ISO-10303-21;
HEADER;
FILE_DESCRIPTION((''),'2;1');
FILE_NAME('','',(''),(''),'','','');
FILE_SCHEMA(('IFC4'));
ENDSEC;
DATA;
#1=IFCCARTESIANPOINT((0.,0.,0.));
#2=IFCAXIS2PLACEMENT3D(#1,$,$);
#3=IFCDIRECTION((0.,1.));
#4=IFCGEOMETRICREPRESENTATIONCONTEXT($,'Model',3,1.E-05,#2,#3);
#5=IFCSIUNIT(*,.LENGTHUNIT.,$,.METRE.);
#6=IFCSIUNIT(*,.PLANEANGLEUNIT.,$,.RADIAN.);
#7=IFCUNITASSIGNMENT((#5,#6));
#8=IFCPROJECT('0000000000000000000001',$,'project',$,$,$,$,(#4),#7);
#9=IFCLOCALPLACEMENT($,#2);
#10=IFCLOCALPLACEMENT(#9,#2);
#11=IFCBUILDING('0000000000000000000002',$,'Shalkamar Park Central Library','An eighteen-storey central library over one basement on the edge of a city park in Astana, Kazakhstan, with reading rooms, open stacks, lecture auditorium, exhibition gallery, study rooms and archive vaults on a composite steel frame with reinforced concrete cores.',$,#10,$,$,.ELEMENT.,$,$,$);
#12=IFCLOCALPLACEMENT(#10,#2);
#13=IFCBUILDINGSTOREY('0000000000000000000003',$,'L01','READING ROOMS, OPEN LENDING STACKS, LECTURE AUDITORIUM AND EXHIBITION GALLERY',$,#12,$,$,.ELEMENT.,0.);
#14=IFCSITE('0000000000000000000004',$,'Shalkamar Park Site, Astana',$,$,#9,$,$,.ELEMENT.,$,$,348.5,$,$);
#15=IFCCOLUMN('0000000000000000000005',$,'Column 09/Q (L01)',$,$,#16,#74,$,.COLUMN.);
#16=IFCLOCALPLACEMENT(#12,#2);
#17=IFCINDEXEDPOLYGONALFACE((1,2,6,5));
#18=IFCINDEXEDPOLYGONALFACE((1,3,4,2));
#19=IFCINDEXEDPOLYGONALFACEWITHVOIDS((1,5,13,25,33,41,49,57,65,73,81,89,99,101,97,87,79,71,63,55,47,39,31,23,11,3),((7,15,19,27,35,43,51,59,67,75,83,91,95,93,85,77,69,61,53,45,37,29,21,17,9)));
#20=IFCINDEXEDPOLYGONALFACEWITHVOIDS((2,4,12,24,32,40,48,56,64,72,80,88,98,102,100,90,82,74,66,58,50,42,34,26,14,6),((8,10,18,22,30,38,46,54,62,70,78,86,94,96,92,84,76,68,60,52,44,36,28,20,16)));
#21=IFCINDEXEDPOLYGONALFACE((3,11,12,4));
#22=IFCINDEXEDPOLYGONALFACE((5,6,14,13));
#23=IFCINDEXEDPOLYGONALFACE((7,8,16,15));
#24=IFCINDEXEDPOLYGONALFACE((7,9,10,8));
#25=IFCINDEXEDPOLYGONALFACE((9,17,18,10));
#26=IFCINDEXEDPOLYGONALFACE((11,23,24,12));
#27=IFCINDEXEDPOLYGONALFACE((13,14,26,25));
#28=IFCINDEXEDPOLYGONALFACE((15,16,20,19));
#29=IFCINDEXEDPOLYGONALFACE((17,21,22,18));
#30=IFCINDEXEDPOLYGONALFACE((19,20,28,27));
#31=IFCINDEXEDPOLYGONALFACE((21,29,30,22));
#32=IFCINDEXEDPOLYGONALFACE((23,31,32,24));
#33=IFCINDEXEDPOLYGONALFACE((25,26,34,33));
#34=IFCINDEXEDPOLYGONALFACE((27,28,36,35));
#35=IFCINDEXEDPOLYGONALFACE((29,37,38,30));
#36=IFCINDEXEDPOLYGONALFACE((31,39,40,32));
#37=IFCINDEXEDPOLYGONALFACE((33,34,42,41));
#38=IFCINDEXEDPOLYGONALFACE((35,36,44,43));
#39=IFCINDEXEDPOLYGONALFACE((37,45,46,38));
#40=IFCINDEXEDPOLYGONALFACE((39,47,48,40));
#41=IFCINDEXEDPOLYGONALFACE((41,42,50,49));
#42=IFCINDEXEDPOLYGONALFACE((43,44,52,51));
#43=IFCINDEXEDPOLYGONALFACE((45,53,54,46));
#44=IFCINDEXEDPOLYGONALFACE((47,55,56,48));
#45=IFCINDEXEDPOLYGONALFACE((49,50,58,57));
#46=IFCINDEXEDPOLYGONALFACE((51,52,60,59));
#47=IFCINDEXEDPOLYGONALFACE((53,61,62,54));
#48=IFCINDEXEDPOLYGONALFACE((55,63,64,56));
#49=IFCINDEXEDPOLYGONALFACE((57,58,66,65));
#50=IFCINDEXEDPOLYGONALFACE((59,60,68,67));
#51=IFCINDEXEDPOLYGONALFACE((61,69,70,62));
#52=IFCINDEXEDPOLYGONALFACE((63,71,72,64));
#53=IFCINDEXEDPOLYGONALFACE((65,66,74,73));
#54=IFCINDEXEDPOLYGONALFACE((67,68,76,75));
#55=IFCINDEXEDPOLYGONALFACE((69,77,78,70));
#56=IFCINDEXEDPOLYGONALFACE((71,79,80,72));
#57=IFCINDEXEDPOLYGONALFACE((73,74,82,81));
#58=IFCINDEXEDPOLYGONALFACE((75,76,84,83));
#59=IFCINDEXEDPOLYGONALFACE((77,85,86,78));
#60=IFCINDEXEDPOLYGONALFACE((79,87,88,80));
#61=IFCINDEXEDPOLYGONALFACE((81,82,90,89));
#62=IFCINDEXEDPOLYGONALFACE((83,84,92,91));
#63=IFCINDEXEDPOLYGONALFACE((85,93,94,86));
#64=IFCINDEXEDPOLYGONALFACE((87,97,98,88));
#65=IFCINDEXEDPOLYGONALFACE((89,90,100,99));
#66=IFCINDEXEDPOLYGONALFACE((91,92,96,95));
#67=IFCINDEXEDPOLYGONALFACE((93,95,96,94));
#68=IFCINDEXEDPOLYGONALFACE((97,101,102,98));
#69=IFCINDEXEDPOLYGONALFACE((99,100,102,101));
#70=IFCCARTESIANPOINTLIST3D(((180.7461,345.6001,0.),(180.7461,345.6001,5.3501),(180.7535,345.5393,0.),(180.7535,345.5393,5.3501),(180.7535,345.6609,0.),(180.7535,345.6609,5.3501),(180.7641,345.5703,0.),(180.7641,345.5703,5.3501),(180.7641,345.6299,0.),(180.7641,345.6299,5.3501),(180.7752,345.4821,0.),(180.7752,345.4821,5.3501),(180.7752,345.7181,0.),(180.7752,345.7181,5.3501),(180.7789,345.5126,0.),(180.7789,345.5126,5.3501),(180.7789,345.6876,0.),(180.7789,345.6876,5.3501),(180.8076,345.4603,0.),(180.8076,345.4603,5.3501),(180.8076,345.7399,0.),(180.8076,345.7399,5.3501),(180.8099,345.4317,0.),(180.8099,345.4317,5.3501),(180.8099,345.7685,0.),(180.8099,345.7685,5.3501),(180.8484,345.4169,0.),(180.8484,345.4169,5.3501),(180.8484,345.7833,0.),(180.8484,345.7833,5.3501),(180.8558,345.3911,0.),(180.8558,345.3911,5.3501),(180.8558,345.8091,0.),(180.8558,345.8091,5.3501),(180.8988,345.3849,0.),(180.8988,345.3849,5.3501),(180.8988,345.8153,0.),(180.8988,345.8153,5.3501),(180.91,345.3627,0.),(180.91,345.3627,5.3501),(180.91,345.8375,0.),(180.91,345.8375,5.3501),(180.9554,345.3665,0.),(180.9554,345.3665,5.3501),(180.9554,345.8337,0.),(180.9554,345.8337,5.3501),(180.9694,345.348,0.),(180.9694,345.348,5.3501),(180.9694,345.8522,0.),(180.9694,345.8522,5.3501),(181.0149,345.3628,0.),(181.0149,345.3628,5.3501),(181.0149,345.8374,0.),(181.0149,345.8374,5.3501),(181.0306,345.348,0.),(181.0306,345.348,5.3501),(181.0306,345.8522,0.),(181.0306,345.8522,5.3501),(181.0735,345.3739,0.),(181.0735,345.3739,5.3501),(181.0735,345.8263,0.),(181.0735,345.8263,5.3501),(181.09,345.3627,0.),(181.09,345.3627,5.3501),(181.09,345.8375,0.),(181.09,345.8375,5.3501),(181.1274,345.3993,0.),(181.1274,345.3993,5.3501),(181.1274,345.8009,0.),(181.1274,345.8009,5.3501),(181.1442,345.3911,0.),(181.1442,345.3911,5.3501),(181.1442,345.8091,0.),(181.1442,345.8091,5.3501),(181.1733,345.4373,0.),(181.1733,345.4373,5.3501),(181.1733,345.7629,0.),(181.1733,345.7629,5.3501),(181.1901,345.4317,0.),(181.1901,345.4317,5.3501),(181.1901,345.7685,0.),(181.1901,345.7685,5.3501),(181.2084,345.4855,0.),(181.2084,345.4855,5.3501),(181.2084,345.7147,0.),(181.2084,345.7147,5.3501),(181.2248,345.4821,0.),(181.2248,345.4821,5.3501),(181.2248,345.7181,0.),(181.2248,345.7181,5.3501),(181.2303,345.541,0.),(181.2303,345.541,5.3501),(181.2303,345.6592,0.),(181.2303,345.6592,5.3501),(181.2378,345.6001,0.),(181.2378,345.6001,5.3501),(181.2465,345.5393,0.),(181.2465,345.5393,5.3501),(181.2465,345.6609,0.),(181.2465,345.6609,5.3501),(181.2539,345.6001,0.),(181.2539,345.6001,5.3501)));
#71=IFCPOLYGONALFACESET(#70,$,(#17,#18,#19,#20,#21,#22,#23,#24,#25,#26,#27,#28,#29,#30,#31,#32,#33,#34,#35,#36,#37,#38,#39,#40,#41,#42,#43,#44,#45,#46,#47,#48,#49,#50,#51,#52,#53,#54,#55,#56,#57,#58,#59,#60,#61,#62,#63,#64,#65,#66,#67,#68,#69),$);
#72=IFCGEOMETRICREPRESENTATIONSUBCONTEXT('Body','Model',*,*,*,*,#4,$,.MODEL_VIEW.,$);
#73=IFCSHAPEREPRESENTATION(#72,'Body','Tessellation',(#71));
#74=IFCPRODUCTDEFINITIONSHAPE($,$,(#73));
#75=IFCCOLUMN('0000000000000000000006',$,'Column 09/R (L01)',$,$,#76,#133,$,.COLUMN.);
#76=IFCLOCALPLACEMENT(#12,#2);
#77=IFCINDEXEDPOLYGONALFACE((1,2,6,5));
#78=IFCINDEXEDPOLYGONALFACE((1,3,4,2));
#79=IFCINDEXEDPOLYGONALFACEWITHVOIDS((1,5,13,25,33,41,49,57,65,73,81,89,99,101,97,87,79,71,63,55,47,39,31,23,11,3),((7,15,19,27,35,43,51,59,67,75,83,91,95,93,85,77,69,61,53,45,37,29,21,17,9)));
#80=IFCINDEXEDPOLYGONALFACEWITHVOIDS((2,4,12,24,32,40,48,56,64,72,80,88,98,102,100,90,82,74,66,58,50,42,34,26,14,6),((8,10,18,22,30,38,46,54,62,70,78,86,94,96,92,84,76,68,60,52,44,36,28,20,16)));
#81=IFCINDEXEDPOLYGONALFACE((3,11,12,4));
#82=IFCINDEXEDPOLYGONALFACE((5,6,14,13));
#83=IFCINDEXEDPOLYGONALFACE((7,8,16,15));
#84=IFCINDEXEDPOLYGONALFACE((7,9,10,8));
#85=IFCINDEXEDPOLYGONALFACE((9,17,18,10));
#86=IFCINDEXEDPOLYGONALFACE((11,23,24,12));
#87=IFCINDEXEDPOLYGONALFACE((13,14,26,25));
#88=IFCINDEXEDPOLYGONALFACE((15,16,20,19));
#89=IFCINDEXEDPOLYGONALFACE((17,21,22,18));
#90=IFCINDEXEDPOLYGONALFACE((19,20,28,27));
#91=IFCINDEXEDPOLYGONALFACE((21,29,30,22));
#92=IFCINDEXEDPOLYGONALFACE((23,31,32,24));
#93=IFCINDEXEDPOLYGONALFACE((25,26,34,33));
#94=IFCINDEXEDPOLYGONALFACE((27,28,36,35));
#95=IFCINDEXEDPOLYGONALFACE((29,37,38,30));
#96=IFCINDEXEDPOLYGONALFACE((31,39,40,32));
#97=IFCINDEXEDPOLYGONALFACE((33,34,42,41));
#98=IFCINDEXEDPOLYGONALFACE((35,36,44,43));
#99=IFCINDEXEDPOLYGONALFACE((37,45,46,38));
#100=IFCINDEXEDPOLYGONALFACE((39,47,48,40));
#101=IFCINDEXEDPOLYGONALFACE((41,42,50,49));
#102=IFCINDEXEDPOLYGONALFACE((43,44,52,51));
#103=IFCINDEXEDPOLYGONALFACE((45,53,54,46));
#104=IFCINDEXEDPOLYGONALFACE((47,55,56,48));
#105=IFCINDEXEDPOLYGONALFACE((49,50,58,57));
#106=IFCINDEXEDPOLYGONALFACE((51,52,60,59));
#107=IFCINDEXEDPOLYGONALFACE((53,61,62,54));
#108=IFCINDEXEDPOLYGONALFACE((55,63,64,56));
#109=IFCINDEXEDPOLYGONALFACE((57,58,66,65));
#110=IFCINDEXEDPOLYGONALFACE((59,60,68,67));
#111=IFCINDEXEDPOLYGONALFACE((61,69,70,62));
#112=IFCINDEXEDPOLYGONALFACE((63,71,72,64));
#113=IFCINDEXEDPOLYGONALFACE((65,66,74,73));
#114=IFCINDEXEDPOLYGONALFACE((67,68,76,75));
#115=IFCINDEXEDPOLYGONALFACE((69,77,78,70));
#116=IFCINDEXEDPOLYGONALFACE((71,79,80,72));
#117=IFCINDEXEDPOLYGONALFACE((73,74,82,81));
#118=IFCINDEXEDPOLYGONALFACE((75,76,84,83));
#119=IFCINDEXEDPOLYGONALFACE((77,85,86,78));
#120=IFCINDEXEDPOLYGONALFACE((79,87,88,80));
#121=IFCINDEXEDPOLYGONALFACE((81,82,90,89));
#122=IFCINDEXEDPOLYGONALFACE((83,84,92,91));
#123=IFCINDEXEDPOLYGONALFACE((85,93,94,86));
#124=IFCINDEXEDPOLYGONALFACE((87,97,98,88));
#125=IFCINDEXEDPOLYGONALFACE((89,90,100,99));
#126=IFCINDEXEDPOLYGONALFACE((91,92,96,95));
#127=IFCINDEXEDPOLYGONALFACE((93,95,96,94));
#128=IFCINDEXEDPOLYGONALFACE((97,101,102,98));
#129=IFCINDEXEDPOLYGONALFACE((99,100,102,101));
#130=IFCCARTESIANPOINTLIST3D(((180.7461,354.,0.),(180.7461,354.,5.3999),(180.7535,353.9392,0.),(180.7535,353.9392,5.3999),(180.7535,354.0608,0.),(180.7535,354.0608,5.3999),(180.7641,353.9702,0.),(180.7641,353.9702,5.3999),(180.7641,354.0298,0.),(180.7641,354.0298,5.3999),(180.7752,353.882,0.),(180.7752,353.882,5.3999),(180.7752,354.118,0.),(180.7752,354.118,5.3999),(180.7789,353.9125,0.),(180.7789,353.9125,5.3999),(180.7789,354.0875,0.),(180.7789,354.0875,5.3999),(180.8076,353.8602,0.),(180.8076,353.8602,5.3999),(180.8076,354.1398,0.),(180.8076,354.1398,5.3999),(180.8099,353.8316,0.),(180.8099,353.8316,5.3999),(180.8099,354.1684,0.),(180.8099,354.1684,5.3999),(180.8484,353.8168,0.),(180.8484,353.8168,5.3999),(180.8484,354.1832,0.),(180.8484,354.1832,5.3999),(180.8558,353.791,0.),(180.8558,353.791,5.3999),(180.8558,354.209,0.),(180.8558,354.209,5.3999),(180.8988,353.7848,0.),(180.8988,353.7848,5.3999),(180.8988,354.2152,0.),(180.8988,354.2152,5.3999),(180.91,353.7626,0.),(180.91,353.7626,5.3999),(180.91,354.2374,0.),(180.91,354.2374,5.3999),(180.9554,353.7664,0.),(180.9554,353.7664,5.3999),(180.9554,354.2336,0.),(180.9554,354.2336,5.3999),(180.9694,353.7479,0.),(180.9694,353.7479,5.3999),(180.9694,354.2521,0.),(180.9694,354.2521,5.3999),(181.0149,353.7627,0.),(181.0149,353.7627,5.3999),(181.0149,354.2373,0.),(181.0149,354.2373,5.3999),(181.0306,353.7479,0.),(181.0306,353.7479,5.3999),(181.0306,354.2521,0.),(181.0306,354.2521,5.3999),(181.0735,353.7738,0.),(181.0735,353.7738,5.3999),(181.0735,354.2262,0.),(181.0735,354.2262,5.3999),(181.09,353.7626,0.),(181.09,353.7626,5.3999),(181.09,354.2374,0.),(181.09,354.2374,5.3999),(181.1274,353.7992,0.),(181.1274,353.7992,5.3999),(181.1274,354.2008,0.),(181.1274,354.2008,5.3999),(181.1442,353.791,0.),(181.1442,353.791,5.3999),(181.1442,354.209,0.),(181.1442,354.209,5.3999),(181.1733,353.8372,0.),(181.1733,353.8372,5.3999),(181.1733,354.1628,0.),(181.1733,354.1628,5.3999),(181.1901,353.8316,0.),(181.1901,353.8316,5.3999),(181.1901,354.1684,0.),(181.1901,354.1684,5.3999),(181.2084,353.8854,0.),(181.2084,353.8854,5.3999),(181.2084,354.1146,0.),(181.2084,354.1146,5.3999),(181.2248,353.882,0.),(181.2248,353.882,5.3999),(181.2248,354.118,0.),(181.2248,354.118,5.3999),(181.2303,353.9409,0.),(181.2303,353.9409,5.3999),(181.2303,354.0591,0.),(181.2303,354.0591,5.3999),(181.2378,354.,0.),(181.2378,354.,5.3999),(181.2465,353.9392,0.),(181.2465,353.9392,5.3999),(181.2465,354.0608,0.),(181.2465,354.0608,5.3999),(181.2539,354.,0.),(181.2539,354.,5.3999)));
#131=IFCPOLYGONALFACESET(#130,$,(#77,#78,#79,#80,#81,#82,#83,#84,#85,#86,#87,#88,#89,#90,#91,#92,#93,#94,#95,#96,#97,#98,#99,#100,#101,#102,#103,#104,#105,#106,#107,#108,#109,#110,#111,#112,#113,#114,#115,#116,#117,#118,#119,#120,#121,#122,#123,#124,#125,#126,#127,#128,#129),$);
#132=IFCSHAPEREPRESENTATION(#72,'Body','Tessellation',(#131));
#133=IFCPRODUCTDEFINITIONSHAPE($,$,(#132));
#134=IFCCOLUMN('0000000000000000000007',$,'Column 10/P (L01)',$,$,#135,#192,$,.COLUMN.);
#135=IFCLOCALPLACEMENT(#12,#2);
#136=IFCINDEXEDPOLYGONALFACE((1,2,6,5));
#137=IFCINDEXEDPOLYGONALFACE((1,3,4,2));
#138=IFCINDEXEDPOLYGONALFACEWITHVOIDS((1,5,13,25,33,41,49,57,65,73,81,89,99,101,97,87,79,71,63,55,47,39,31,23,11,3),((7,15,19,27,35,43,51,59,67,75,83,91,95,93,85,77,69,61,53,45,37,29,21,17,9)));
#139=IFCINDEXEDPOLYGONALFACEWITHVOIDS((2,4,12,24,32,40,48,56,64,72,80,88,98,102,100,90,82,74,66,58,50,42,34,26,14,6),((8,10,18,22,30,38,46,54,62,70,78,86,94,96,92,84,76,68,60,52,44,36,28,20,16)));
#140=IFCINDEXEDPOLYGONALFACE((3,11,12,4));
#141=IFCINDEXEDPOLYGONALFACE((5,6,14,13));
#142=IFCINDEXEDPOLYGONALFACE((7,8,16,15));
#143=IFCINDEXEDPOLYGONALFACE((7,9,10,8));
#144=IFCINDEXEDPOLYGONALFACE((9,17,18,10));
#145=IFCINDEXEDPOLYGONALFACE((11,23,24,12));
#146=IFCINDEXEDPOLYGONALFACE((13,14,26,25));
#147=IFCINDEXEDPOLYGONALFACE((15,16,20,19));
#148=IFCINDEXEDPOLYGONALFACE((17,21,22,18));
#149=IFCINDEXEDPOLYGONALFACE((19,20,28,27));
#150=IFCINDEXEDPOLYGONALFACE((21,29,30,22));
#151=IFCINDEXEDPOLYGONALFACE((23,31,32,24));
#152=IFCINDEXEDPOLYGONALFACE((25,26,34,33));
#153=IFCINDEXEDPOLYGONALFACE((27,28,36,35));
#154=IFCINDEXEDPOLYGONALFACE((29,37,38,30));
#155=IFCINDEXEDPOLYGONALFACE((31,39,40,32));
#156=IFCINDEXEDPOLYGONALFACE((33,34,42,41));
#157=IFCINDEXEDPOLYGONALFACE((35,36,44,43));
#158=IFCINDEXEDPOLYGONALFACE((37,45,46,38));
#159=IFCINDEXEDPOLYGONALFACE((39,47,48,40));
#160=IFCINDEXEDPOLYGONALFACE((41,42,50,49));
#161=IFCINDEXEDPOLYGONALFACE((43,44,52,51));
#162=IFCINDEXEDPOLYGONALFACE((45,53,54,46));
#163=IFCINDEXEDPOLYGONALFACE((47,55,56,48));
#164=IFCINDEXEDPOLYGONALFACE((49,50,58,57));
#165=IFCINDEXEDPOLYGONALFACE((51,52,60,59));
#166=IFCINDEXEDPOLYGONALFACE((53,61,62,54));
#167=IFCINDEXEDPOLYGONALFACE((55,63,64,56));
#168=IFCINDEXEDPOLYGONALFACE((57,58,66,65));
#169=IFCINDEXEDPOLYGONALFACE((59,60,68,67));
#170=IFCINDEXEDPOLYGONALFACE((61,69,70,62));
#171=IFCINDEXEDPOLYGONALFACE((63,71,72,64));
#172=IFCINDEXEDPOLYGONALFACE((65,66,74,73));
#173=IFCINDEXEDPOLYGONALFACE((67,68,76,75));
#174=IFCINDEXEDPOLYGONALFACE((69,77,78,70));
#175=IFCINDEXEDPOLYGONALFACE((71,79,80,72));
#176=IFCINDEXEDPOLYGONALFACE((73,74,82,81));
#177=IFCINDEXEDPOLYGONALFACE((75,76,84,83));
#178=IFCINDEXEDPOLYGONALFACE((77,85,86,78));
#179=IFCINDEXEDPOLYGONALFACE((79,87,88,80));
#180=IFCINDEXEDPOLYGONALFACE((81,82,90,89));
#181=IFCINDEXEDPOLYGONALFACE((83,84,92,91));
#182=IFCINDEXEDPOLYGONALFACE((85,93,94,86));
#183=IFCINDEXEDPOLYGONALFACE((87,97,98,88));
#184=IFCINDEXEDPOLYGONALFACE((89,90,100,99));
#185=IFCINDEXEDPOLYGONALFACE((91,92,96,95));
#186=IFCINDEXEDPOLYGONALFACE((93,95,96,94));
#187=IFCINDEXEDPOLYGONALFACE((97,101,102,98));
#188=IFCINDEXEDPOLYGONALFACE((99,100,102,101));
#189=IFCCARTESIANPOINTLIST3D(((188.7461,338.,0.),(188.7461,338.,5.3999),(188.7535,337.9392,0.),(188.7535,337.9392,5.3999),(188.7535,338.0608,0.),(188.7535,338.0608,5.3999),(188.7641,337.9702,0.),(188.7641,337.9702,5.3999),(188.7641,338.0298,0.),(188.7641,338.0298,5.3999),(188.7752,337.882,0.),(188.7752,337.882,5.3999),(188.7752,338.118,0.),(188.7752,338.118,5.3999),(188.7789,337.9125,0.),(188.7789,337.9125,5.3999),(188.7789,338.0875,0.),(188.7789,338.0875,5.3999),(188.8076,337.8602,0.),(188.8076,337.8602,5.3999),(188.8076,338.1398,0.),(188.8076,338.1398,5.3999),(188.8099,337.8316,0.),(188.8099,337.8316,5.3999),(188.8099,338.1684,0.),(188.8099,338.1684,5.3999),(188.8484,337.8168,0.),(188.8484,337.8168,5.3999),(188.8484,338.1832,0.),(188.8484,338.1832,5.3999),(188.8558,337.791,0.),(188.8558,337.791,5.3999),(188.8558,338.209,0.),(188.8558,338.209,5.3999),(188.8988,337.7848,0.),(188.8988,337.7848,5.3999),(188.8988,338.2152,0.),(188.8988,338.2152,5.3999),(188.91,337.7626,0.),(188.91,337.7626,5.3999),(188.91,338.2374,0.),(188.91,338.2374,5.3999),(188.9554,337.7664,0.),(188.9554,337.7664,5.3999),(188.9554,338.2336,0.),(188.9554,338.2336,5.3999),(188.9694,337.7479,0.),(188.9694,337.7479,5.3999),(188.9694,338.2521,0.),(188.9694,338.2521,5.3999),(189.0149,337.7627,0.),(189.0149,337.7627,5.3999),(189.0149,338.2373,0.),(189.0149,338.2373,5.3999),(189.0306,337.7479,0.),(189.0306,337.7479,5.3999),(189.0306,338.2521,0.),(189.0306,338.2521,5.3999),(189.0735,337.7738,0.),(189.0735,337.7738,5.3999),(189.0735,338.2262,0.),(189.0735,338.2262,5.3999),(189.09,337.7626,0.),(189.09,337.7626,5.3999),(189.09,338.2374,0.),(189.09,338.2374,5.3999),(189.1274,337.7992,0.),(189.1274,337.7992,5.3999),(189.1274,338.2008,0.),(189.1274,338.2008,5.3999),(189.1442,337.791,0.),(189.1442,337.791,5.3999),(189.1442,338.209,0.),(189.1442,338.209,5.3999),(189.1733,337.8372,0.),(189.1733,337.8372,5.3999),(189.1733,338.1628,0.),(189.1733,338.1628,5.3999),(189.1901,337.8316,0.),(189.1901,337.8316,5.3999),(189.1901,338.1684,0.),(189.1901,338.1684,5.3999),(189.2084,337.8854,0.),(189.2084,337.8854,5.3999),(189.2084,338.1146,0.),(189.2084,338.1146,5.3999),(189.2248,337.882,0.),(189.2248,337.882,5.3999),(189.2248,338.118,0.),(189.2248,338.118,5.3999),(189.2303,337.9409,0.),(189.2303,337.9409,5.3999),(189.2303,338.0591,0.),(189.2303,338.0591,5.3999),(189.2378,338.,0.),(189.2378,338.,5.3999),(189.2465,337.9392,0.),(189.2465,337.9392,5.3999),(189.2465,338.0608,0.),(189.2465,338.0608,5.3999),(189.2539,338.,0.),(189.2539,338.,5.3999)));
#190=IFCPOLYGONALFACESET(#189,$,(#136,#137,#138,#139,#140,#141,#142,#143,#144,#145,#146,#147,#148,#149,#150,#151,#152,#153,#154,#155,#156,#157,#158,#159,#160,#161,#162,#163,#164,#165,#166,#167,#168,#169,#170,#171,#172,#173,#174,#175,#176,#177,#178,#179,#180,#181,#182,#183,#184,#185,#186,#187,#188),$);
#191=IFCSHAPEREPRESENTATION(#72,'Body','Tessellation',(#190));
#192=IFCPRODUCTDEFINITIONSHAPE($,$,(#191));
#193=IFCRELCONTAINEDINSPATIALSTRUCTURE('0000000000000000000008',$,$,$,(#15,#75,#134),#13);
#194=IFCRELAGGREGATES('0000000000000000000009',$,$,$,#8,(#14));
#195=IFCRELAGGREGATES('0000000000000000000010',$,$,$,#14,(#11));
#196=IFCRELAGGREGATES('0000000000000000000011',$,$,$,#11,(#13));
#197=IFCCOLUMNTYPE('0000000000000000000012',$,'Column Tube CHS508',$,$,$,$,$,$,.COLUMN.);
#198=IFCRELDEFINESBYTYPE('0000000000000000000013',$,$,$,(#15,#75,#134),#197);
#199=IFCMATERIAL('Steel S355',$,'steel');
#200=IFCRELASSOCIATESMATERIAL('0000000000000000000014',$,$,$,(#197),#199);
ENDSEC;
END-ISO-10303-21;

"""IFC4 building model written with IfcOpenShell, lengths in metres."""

from ifc_helpers import new_model, si_unit, direction, frame, origin, origin_2d, place, context, subcontext, project, spatial, hollow_circle, extrude, material, material_profile, profile_set, type_object, element, save


model = new_model("IFC4")

# Units and contexts
model_context = context("Model", 3, precision=1e-05, world=origin(), true_north=direction((0.0, 1.0)))
body_context = subcontext(model_context, "Body", "Model", "MODEL_VIEW")
ifc_project = project(units=[si_unit("LENGTHUNIT", "METRE"), si_unit("PLANEANGLEUNIT", "RADIAN")], contexts=[model_context])

# Site, building, storey
site_placement = place(None, origin())
site = spatial("IfcSite", under=ifc_project, at=site_placement, Name="Shalkamar Park Site, Astana", CompositionType="ELEMENT", RefElevation=348.5)
building_placement = place(site_placement, origin())
building = spatial("IfcBuilding", under=site, at=building_placement, Name="Shalkamar Park Central Library", Description="An eighteen-storey central library over one basement on the edge of a city park in Astana, Kazakhstan, with reading rooms, open stacks, lecture auditorium, exhibition gallery, study rooms and archive vaults on a composite steel frame with reinforced concrete cores.", CompositionType="ELEMENT")
storey_placement = place(building_placement, origin())
storey = spatial("IfcBuildingStorey", under=building, at=storey_placement, Name="L01", Description="READING ROOMS, OPEN LENDING STACKS, LECTURE AUDITORIUM AND EXHIBITION GALLERY", CompositionType="ELEMENT", Elevation=0.0)

# Columns
ifc_material_1 = material(Name="Steel S355", Category="steel")
ifc_material_profile_1 = material_profile(ifc_material_1, hollow_circle(Radius=0.2539, WallThickness=0.0161, at=origin_2d()), Name="CHS 508x16")
ifc_profile_set_1 = profile_set([ifc_material_profile_1], Name="Steel S355")
column_type_1 = type_object("IfcColumnType", Name="Column Tube CHS508", PredefinedType="COLUMN", material=ifc_profile_set_1)
column_1_placement = place(storey_placement, frame((181.0, 345.6001, 0.0), z_axis=(0.0, 0.0, 1.0), x_axis=(1.0, 0.0, 0.0)))
element("IfcColumn", 1, at=column_1_placement, inside=storey, type_object=column_type_1, Name="Column 09/Q (L01)", PredefinedType="COLUMN", context=body_context, shape_type="SweptSolid", body=[
    extrude(hollow_circle(Radius=0.2539, WallThickness=0.0161, at=origin_2d()), origin(), (0.0, 0.0, 1.0), 5.3501),
])
for number, where, z_axis, x_axis, name in (
    (2, (181.0, 354.0, 0.0), (0.0, 0.0, 1.0), (1.0, 0.0, 0.0), "Column 09/R (L01)"),
    (3, (189.0, 338.0, 0.0), (0.0, 0.0, 1.0), (1.0, 0.0, 0.0), "Column 10/P (L01)"),
):
    element("IfcColumn", number, at=place(storey_placement, frame(where, z_axis=z_axis, x_axis=x_axis)), inside=storey, type_object=column_type_1, Name=name, PredefinedType="COLUMN", context=body_context, shape_type="SweptSolid", body=[
        extrude(hollow_circle(Radius=0.2539, WallThickness=0.0161, at=origin_2d()), origin(), (0.0, 0.0, 1.0), 5.3999),
    ])

save(model, "model.ifc")
